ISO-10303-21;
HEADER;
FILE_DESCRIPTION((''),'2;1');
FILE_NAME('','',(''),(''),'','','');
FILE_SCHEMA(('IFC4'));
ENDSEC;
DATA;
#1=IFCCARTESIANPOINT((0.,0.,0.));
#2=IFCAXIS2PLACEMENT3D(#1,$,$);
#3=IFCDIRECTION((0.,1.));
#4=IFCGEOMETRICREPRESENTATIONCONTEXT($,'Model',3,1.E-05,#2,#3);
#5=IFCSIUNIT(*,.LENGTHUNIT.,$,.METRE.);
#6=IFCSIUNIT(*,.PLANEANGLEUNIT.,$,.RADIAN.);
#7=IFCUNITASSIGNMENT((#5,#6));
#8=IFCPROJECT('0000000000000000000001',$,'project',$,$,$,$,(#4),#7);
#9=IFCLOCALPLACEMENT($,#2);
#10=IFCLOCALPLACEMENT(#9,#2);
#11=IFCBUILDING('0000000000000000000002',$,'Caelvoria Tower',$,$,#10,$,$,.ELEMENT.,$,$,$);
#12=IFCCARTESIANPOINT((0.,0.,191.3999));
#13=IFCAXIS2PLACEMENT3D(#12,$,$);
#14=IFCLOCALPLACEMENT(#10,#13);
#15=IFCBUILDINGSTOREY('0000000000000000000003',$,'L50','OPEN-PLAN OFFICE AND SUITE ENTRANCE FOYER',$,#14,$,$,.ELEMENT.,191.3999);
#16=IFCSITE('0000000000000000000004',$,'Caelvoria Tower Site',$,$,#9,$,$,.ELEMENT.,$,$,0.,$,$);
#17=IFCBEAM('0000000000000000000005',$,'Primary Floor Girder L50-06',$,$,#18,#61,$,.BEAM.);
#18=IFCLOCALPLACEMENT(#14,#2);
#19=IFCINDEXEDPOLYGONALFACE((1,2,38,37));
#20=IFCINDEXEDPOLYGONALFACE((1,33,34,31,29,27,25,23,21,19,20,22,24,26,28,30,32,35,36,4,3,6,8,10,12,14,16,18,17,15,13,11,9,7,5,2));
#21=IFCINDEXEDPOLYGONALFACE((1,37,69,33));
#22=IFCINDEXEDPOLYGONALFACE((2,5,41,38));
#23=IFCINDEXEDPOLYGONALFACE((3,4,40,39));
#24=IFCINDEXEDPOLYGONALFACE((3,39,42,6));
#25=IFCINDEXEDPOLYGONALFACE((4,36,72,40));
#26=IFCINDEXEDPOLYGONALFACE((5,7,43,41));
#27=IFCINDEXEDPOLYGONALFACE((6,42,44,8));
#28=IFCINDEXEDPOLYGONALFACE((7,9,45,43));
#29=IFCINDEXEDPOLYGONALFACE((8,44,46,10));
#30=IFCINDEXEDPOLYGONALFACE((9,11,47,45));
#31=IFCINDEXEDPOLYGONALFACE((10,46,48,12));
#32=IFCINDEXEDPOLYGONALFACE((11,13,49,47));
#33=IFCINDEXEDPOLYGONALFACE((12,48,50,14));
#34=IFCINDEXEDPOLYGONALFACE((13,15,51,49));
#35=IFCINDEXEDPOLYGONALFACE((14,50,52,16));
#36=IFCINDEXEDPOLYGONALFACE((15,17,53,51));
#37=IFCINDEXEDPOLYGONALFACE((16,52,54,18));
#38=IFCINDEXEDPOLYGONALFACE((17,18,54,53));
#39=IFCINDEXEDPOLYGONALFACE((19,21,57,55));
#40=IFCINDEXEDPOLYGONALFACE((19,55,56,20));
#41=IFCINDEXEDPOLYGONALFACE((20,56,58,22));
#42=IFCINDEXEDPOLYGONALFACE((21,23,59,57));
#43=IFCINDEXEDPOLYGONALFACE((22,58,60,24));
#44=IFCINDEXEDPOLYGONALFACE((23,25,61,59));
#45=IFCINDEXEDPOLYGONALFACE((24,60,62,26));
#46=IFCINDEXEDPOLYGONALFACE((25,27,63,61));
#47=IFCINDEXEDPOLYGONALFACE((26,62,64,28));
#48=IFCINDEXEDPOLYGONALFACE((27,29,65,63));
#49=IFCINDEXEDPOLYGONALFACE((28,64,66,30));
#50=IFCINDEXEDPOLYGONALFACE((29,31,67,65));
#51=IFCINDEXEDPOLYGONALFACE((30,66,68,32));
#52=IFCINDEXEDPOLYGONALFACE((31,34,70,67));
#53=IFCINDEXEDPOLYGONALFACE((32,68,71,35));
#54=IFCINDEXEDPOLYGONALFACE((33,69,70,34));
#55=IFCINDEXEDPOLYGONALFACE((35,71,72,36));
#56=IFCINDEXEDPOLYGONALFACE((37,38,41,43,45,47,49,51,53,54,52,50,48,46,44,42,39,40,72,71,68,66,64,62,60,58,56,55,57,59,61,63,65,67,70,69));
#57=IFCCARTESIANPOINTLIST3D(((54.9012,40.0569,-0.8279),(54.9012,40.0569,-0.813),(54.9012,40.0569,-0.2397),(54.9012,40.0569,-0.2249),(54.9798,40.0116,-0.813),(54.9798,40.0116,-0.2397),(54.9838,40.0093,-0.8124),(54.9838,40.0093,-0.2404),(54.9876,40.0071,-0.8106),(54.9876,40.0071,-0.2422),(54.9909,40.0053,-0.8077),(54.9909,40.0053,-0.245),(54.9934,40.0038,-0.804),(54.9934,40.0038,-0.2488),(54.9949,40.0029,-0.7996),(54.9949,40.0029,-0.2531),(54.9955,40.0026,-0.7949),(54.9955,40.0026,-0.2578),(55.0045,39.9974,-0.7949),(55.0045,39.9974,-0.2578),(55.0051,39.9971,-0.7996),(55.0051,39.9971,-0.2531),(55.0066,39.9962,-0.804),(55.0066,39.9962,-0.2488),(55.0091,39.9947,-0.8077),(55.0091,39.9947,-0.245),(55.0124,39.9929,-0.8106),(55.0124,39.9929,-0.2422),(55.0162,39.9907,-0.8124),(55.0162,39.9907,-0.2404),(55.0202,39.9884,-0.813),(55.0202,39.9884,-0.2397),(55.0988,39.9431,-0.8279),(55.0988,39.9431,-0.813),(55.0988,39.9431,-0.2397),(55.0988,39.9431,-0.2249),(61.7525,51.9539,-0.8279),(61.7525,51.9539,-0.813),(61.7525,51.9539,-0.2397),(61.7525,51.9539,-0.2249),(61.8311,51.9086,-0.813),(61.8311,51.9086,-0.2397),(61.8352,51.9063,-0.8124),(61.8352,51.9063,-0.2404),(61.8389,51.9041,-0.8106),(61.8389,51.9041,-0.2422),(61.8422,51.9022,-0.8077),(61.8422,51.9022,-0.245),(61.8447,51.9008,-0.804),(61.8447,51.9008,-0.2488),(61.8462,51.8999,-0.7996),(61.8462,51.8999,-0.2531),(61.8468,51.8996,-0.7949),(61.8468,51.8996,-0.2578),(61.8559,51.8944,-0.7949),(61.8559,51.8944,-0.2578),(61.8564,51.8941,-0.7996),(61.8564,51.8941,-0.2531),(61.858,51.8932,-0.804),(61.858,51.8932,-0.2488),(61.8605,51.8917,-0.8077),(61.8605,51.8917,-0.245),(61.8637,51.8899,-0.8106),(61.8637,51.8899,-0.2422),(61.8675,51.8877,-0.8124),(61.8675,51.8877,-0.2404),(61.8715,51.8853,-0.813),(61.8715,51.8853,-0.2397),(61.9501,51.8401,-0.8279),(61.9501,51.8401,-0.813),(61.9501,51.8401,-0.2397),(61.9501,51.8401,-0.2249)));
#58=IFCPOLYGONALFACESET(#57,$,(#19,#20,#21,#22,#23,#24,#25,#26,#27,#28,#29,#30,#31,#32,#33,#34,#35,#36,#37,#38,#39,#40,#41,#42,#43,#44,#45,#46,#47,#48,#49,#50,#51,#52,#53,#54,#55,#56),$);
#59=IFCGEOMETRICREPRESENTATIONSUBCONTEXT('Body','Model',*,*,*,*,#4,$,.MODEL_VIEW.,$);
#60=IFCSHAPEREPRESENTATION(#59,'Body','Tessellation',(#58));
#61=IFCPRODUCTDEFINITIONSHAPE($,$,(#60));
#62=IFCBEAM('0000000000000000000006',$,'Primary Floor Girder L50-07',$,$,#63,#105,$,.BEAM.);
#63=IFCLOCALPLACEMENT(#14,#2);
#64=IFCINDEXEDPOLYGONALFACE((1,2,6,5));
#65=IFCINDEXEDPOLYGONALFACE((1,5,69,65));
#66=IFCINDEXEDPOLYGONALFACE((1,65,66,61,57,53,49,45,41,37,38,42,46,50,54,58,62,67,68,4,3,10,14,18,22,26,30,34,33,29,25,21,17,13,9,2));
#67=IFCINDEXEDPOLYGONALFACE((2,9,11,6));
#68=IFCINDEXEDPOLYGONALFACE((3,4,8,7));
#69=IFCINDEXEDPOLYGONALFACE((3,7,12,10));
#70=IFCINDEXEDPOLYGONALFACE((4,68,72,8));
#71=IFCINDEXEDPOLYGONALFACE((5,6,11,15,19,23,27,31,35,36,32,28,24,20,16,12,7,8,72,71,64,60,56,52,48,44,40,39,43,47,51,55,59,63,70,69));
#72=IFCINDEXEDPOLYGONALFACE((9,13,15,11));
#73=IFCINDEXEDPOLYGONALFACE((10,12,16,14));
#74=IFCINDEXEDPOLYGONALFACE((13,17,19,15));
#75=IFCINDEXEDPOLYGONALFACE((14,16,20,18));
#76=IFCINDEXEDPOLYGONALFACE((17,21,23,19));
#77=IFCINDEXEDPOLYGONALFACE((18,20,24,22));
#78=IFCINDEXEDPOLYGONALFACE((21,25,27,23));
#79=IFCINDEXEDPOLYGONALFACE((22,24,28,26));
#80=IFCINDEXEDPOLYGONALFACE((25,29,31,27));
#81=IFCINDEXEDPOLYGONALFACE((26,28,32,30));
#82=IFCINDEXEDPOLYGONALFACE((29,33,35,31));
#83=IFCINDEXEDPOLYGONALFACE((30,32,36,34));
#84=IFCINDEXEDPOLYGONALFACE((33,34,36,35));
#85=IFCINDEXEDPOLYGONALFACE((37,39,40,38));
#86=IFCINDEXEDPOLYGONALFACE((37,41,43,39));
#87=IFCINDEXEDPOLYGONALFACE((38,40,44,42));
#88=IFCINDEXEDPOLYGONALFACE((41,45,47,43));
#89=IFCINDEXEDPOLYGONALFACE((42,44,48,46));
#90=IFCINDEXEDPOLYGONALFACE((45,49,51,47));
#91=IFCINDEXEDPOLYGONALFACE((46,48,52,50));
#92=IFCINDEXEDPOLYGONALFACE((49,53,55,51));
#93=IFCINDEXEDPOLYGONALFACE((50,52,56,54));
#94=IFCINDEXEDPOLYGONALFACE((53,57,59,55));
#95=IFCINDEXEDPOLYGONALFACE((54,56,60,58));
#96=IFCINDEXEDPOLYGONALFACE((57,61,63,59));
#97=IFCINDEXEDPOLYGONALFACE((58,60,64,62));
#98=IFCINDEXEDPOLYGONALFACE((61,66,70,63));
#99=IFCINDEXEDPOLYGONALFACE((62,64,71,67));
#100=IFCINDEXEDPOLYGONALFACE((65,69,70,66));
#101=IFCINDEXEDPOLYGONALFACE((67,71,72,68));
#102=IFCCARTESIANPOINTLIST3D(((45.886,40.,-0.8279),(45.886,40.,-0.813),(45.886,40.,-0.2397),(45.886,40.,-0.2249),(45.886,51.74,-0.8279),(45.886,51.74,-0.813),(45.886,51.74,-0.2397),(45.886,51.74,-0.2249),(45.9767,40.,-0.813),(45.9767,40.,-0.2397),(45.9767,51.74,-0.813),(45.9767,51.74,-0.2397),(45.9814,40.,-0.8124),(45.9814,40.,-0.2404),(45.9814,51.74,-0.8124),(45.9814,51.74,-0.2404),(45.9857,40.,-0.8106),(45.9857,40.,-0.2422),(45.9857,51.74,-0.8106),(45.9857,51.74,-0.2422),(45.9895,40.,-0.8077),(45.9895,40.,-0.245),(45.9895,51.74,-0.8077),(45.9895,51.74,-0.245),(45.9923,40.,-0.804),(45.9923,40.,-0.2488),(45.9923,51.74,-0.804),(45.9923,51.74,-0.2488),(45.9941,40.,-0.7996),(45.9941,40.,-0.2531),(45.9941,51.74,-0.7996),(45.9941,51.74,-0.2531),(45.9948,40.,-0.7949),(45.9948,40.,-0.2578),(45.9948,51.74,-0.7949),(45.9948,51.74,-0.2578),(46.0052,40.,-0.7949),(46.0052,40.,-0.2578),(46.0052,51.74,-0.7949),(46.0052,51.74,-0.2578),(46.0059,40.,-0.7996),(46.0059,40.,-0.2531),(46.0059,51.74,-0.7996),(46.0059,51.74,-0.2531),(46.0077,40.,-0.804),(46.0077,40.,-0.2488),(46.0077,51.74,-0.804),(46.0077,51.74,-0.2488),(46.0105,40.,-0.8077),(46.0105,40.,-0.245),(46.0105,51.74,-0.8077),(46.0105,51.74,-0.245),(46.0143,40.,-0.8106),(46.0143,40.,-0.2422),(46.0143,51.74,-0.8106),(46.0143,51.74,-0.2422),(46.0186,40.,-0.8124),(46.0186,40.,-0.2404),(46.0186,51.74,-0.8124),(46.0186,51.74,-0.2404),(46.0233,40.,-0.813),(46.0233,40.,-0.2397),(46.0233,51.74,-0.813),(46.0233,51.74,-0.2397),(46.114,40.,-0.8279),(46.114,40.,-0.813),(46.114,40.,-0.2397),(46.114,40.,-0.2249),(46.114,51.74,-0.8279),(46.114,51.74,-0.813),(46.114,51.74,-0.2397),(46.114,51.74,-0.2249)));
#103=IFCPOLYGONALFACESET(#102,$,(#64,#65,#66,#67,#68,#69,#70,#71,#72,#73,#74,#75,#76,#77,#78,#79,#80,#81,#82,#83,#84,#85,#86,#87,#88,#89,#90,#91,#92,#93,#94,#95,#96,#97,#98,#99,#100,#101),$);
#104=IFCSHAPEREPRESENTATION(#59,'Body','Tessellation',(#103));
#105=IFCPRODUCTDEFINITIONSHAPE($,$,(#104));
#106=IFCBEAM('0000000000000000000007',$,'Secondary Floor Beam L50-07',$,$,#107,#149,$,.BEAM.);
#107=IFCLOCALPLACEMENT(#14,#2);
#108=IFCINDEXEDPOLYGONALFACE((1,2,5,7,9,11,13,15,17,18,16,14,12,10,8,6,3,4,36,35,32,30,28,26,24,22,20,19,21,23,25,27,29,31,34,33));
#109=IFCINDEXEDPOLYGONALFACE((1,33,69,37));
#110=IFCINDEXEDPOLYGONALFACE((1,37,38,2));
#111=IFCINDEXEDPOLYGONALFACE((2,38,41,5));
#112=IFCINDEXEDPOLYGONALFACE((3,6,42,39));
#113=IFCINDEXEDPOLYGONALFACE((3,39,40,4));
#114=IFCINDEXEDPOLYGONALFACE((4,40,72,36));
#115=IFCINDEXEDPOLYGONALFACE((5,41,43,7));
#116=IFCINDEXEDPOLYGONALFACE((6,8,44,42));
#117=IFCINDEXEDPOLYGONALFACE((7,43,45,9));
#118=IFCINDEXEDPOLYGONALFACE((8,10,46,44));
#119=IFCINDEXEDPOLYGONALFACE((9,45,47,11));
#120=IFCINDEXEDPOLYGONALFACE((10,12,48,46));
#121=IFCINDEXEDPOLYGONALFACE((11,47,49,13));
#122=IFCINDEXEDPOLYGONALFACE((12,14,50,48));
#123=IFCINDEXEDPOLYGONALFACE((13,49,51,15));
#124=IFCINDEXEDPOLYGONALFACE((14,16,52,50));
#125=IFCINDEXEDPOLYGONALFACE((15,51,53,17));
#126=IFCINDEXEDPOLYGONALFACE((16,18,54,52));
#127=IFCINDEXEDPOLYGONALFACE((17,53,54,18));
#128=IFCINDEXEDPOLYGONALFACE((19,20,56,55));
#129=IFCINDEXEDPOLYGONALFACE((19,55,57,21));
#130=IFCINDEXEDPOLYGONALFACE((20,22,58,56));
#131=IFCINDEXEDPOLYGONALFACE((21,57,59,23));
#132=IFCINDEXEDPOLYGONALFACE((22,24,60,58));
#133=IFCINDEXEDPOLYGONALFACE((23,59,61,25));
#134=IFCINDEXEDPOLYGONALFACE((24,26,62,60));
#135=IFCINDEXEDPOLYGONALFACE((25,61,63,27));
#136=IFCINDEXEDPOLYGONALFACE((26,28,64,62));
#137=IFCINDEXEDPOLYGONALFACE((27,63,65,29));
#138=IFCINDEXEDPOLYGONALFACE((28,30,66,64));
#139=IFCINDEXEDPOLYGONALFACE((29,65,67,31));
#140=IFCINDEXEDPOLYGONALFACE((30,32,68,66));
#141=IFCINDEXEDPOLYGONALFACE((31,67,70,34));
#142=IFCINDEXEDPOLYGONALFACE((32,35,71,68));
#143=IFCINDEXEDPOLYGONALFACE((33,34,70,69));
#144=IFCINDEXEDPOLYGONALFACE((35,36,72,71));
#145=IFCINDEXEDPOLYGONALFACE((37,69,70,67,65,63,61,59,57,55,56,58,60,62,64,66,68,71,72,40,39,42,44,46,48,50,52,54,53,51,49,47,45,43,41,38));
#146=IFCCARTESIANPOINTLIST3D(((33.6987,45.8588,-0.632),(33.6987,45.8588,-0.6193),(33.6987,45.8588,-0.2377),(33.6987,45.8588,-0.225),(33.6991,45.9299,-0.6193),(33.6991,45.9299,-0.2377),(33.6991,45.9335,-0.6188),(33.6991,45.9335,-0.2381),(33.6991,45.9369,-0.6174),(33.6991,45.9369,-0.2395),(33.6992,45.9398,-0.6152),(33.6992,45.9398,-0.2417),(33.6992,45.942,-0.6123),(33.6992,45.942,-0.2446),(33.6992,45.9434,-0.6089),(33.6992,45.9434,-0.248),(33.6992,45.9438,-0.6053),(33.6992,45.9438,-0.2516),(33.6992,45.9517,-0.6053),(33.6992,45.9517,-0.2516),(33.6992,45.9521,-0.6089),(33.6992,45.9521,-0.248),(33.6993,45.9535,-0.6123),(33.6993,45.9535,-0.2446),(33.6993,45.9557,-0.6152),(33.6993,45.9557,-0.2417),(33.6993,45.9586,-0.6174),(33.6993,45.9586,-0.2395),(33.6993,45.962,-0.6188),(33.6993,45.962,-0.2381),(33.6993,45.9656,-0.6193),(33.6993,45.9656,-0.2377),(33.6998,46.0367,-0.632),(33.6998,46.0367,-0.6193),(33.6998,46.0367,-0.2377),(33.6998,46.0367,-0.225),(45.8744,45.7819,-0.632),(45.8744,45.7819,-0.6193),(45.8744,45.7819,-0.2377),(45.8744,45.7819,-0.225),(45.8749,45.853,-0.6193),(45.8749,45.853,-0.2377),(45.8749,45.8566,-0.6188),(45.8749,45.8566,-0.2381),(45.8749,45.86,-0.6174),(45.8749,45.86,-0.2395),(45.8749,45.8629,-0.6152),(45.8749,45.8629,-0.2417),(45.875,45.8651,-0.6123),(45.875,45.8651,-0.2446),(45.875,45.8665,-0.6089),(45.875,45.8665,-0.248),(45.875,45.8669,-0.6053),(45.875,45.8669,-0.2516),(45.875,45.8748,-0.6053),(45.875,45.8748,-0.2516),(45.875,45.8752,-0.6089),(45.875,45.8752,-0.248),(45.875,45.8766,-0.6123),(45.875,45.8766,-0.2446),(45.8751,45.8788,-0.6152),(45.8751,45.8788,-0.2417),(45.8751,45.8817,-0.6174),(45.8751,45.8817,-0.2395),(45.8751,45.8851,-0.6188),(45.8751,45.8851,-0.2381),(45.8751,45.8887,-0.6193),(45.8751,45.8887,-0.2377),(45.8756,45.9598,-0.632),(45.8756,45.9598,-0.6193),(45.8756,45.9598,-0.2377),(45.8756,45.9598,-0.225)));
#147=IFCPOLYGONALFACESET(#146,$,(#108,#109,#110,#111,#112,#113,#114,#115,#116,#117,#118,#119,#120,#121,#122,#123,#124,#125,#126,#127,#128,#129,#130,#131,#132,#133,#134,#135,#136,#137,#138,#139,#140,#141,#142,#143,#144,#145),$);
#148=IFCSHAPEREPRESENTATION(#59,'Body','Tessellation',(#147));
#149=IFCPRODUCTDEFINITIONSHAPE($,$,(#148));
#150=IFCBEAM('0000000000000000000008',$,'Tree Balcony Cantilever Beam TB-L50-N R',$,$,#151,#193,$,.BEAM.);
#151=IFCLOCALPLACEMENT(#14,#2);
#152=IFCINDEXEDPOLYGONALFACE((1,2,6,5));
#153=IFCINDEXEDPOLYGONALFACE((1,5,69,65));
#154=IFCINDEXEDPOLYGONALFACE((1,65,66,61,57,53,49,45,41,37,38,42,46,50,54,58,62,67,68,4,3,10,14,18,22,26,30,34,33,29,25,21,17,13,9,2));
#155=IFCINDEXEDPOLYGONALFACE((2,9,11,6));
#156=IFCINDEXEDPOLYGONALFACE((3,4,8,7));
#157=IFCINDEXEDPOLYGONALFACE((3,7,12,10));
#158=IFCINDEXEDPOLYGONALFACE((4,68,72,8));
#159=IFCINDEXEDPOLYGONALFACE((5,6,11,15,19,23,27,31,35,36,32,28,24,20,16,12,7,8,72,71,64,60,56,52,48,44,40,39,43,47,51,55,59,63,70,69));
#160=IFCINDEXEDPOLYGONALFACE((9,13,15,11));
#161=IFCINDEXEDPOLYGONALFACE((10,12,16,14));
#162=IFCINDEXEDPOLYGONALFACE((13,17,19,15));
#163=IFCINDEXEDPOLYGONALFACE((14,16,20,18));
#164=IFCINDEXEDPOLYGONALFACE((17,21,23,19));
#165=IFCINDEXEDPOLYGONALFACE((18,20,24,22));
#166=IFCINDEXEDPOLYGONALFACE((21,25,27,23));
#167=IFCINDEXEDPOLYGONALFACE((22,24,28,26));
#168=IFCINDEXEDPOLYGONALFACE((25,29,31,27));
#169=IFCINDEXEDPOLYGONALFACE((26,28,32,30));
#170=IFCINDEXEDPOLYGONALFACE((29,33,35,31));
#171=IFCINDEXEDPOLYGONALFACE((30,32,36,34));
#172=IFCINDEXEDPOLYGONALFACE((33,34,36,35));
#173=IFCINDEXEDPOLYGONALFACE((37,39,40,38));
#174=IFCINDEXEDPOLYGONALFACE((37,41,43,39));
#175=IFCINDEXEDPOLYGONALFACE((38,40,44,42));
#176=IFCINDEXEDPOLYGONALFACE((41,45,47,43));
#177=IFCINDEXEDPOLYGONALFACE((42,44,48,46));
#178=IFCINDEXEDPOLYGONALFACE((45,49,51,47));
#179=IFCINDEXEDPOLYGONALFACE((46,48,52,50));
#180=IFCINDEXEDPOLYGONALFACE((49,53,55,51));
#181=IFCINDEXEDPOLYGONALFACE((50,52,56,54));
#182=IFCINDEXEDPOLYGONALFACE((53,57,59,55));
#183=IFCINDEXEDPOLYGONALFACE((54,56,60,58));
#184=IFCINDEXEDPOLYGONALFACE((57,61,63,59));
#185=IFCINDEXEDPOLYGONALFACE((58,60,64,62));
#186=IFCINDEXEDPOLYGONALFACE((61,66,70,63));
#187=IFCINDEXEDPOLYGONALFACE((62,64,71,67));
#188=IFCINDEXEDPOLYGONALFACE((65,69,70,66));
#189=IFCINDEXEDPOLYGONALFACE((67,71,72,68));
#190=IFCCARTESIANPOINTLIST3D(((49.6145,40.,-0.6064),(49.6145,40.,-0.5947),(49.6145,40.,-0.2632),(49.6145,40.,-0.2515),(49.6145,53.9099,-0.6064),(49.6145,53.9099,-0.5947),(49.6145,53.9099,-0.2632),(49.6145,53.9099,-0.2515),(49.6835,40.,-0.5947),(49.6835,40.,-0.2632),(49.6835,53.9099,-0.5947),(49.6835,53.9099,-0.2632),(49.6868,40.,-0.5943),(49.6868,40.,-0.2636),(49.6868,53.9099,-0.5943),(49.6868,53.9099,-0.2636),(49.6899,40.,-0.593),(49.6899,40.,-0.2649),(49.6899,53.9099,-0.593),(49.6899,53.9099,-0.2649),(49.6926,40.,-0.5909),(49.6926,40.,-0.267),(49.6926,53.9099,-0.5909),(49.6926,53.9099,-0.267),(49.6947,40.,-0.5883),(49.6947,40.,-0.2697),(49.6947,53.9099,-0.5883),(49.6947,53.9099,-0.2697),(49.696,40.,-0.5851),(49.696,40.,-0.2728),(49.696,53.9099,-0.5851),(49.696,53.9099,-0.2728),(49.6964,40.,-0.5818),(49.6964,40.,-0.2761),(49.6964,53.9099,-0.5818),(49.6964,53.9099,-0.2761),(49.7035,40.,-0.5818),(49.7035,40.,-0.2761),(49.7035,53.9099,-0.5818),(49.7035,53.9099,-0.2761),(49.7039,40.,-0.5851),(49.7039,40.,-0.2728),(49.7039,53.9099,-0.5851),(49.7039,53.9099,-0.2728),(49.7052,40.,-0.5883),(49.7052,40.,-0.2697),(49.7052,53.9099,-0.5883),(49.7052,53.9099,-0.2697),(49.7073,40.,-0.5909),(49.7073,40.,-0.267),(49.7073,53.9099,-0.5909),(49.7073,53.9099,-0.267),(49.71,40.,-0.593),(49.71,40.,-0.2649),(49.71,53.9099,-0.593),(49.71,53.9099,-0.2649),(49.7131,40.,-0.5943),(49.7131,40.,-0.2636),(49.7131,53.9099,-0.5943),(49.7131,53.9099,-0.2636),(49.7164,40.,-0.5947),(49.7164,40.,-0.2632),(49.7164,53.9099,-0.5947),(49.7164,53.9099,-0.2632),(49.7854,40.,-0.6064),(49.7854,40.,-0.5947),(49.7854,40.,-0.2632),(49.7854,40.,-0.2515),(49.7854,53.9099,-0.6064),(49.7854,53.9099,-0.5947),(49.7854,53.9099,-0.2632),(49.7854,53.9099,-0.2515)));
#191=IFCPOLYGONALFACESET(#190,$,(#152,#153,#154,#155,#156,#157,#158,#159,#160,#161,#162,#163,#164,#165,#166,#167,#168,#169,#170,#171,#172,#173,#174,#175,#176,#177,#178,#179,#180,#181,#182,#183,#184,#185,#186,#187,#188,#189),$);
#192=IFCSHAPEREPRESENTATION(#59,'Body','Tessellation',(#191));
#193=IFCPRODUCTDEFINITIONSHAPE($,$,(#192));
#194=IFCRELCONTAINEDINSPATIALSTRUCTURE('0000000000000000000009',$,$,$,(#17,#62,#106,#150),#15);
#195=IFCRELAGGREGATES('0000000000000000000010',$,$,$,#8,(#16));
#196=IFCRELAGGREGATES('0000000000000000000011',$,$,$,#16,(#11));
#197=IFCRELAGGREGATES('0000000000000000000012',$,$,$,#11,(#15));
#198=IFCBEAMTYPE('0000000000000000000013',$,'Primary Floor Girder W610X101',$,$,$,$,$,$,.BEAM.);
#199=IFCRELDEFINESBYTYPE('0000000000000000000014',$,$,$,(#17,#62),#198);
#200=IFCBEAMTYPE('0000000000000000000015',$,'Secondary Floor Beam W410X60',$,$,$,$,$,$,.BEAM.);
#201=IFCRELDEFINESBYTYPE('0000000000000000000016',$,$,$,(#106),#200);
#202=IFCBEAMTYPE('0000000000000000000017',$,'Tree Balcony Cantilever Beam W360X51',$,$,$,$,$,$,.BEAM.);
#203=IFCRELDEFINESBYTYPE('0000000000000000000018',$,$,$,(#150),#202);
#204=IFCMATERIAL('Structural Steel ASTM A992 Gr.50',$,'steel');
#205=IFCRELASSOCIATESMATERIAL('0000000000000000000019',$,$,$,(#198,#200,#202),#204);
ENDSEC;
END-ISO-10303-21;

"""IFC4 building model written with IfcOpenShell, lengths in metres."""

from ifc_helpers import new_model, si_unit, direction, frame, origin, origin_2d, place, context, subcontext, project, spatial, i_section, extrude, material, material_profile, profile_set, type_object, element, save


model = new_model("IFC4")

# Units and contexts
model_context = context("Model", 3, precision=1e-05, world=origin(), true_north=direction((0.0, 1.0)))
body_context = subcontext(model_context, "Body", "Model", "MODEL_VIEW")
ifc_project = project(units=[si_unit("LENGTHUNIT", "METRE"), si_unit("PLANEANGLEUNIT", "RADIAN")], contexts=[model_context])

# Site, building, storey
site_placement = place(None, origin())
site = spatial("IfcSite", under=ifc_project, at=site_placement, Name="Caelvoria Tower Site", CompositionType="ELEMENT", RefElevation=0.0)
building_placement = place(site_placement, origin())
building = spatial("IfcBuilding", under=site, at=building_placement, Name="Caelvoria Tower", CompositionType="ELEMENT")
storey_placement = place(building_placement, frame((0.0, 0.0, 191.3999)))
storey = spatial("IfcBuildingStorey", under=building, at=storey_placement, Name="L50", Description="OPEN-PLAN OFFICE AND SUITE ENTRANCE FOYER", CompositionType="ELEMENT", Elevation=191.3999)

# Shared definitions
ifc_material_1 = material(Name="Structural Steel ASTM A992 Gr.50", Category="steel")

# Beams
ifc_material_profile_1 = material_profile(ifc_material_1, i_section(OverallWidth=0.228, OverallDepth=0.603, WebThickness=0.0105, FlangeThickness=0.0149, FilletRadius=0.0181, at=origin_2d()), Name="Structural Steel ASTM A992 Gr.50")
ifc_profile_set_1 = profile_set([ifc_material_profile_1], Name="W610X101 - Structural Steel ASTM A992 Gr.50")
beam_type_1 = type_object("IfcBeamType", Name="Primary Floor Girder W610X101", PredefinedType="BEAM", material=ifc_profile_set_1)
beam_1_placement = place(storey_placement, frame((55.0, 40.0, -0.5264), z_axis=(0.499049, 0.866574, 0.0), x_axis=(-0.866574, 0.499049, 0.0)))
element("IfcBeam", 1, at=beam_1_placement, inside=storey, type_object=beam_type_1, Name="Primary Floor Girder L50-06", PredefinedType="BEAM", context=body_context, shape_type="SweptSolid", body=[
    extrude(i_section(OverallWidth=0.228, OverallDepth=0.603, WebThickness=0.0105, FlangeThickness=0.0149, FilletRadius=0.0181, at=origin_2d()), origin(), (0.0, 0.0, 1.0), 13.7288),
])
beam_2_placement = place(storey_placement, frame((46.0, 40.0, -0.5264), z_axis=(0.0, 1.0, 0.0), x_axis=(-1.0, 0.0, 0.0)))
element("IfcBeam", 2, at=beam_2_placement, inside=storey, type_object=beam_type_1, Name="Primary Floor Girder L50-07", PredefinedType="BEAM", context=body_context, shape_type="SweptSolid", body=[
    extrude(i_section(OverallWidth=0.228, OverallDepth=0.603, WebThickness=0.0105, FlangeThickness=0.0149, FilletRadius=0.0181, at=origin_2d()), origin(), (0.0, 0.0, 1.0), 11.74),
])
ifc_material_profile_2 = material_profile(ifc_material_1, i_section(OverallWidth=0.178, OverallDepth=0.407, WebThickness=0.0078, FlangeThickness=0.0127, FilletRadius=0.0139, at=origin_2d()), Name="Structural Steel ASTM A992 Gr.50")
ifc_profile_set_2 = profile_set([ifc_material_profile_2], Name="W410X60 - Structural Steel ASTM A992 Gr.50")
beam_type_2 = type_object("IfcBeamType", Name="Secondary Floor Beam W410X60", PredefinedType="BEAM", material=ifc_profile_set_2)
beam_3_placement = place(storey_placement, frame((45.875, 45.8708, -0.4285), z_axis=(-0.99998, 0.006316, 0.0), x_axis=(-0.006316, -0.99998, 0.0)))
element("IfcBeam", 3, at=beam_3_placement, inside=storey, type_object=beam_type_2, Name="Secondary Floor Beam L50-07", PredefinedType="BEAM", context=body_context, shape_type="SweptSolid", body=[
    extrude(i_section(OverallWidth=0.178, OverallDepth=0.407, WebThickness=0.0078, FlangeThickness=0.0127, FilletRadius=0.0139, at=origin_2d()), origin(), (0.0, 0.0, 1.0), 12.176),
])
ifc_material_profile_3 = material_profile(ifc_material_1, i_section(OverallWidth=0.1709, OverallDepth=0.355, WebThickness=0.0071, FlangeThickness=0.0117, FilletRadius=0.0129, at=origin_2d()), Name="Structural Steel ASTM A992 Gr.50")
ifc_profile_set_3 = profile_set([ifc_material_profile_3], Name="W360X51 - Structural Steel ASTM A992 Gr.50")
beam_type_3 = type_object("IfcBeamType", Name="Tree Balcony Cantilever Beam W360X51", PredefinedType="BEAM", material=ifc_profile_set_3)
beam_4_placement = place(storey_placement, frame((49.7, 40.0, -0.429), z_axis=(0.0, 1.0, 0.0), x_axis=(-1.0, 0.0, 0.0)))
element("IfcBeam", 4, at=beam_4_placement, inside=storey, type_object=beam_type_3, Name="Tree Balcony Cantilever Beam TB-L50-N R", PredefinedType="BEAM", context=body_context, shape_type="SweptSolid", body=[
    extrude(i_section(OverallWidth=0.1709, OverallDepth=0.355, WebThickness=0.0071, FlangeThickness=0.0117, FilletRadius=0.0129, at=origin_2d()), origin(), (0.0, 0.0, 1.0), 13.9099),
])

save(model, "model.ifc")
